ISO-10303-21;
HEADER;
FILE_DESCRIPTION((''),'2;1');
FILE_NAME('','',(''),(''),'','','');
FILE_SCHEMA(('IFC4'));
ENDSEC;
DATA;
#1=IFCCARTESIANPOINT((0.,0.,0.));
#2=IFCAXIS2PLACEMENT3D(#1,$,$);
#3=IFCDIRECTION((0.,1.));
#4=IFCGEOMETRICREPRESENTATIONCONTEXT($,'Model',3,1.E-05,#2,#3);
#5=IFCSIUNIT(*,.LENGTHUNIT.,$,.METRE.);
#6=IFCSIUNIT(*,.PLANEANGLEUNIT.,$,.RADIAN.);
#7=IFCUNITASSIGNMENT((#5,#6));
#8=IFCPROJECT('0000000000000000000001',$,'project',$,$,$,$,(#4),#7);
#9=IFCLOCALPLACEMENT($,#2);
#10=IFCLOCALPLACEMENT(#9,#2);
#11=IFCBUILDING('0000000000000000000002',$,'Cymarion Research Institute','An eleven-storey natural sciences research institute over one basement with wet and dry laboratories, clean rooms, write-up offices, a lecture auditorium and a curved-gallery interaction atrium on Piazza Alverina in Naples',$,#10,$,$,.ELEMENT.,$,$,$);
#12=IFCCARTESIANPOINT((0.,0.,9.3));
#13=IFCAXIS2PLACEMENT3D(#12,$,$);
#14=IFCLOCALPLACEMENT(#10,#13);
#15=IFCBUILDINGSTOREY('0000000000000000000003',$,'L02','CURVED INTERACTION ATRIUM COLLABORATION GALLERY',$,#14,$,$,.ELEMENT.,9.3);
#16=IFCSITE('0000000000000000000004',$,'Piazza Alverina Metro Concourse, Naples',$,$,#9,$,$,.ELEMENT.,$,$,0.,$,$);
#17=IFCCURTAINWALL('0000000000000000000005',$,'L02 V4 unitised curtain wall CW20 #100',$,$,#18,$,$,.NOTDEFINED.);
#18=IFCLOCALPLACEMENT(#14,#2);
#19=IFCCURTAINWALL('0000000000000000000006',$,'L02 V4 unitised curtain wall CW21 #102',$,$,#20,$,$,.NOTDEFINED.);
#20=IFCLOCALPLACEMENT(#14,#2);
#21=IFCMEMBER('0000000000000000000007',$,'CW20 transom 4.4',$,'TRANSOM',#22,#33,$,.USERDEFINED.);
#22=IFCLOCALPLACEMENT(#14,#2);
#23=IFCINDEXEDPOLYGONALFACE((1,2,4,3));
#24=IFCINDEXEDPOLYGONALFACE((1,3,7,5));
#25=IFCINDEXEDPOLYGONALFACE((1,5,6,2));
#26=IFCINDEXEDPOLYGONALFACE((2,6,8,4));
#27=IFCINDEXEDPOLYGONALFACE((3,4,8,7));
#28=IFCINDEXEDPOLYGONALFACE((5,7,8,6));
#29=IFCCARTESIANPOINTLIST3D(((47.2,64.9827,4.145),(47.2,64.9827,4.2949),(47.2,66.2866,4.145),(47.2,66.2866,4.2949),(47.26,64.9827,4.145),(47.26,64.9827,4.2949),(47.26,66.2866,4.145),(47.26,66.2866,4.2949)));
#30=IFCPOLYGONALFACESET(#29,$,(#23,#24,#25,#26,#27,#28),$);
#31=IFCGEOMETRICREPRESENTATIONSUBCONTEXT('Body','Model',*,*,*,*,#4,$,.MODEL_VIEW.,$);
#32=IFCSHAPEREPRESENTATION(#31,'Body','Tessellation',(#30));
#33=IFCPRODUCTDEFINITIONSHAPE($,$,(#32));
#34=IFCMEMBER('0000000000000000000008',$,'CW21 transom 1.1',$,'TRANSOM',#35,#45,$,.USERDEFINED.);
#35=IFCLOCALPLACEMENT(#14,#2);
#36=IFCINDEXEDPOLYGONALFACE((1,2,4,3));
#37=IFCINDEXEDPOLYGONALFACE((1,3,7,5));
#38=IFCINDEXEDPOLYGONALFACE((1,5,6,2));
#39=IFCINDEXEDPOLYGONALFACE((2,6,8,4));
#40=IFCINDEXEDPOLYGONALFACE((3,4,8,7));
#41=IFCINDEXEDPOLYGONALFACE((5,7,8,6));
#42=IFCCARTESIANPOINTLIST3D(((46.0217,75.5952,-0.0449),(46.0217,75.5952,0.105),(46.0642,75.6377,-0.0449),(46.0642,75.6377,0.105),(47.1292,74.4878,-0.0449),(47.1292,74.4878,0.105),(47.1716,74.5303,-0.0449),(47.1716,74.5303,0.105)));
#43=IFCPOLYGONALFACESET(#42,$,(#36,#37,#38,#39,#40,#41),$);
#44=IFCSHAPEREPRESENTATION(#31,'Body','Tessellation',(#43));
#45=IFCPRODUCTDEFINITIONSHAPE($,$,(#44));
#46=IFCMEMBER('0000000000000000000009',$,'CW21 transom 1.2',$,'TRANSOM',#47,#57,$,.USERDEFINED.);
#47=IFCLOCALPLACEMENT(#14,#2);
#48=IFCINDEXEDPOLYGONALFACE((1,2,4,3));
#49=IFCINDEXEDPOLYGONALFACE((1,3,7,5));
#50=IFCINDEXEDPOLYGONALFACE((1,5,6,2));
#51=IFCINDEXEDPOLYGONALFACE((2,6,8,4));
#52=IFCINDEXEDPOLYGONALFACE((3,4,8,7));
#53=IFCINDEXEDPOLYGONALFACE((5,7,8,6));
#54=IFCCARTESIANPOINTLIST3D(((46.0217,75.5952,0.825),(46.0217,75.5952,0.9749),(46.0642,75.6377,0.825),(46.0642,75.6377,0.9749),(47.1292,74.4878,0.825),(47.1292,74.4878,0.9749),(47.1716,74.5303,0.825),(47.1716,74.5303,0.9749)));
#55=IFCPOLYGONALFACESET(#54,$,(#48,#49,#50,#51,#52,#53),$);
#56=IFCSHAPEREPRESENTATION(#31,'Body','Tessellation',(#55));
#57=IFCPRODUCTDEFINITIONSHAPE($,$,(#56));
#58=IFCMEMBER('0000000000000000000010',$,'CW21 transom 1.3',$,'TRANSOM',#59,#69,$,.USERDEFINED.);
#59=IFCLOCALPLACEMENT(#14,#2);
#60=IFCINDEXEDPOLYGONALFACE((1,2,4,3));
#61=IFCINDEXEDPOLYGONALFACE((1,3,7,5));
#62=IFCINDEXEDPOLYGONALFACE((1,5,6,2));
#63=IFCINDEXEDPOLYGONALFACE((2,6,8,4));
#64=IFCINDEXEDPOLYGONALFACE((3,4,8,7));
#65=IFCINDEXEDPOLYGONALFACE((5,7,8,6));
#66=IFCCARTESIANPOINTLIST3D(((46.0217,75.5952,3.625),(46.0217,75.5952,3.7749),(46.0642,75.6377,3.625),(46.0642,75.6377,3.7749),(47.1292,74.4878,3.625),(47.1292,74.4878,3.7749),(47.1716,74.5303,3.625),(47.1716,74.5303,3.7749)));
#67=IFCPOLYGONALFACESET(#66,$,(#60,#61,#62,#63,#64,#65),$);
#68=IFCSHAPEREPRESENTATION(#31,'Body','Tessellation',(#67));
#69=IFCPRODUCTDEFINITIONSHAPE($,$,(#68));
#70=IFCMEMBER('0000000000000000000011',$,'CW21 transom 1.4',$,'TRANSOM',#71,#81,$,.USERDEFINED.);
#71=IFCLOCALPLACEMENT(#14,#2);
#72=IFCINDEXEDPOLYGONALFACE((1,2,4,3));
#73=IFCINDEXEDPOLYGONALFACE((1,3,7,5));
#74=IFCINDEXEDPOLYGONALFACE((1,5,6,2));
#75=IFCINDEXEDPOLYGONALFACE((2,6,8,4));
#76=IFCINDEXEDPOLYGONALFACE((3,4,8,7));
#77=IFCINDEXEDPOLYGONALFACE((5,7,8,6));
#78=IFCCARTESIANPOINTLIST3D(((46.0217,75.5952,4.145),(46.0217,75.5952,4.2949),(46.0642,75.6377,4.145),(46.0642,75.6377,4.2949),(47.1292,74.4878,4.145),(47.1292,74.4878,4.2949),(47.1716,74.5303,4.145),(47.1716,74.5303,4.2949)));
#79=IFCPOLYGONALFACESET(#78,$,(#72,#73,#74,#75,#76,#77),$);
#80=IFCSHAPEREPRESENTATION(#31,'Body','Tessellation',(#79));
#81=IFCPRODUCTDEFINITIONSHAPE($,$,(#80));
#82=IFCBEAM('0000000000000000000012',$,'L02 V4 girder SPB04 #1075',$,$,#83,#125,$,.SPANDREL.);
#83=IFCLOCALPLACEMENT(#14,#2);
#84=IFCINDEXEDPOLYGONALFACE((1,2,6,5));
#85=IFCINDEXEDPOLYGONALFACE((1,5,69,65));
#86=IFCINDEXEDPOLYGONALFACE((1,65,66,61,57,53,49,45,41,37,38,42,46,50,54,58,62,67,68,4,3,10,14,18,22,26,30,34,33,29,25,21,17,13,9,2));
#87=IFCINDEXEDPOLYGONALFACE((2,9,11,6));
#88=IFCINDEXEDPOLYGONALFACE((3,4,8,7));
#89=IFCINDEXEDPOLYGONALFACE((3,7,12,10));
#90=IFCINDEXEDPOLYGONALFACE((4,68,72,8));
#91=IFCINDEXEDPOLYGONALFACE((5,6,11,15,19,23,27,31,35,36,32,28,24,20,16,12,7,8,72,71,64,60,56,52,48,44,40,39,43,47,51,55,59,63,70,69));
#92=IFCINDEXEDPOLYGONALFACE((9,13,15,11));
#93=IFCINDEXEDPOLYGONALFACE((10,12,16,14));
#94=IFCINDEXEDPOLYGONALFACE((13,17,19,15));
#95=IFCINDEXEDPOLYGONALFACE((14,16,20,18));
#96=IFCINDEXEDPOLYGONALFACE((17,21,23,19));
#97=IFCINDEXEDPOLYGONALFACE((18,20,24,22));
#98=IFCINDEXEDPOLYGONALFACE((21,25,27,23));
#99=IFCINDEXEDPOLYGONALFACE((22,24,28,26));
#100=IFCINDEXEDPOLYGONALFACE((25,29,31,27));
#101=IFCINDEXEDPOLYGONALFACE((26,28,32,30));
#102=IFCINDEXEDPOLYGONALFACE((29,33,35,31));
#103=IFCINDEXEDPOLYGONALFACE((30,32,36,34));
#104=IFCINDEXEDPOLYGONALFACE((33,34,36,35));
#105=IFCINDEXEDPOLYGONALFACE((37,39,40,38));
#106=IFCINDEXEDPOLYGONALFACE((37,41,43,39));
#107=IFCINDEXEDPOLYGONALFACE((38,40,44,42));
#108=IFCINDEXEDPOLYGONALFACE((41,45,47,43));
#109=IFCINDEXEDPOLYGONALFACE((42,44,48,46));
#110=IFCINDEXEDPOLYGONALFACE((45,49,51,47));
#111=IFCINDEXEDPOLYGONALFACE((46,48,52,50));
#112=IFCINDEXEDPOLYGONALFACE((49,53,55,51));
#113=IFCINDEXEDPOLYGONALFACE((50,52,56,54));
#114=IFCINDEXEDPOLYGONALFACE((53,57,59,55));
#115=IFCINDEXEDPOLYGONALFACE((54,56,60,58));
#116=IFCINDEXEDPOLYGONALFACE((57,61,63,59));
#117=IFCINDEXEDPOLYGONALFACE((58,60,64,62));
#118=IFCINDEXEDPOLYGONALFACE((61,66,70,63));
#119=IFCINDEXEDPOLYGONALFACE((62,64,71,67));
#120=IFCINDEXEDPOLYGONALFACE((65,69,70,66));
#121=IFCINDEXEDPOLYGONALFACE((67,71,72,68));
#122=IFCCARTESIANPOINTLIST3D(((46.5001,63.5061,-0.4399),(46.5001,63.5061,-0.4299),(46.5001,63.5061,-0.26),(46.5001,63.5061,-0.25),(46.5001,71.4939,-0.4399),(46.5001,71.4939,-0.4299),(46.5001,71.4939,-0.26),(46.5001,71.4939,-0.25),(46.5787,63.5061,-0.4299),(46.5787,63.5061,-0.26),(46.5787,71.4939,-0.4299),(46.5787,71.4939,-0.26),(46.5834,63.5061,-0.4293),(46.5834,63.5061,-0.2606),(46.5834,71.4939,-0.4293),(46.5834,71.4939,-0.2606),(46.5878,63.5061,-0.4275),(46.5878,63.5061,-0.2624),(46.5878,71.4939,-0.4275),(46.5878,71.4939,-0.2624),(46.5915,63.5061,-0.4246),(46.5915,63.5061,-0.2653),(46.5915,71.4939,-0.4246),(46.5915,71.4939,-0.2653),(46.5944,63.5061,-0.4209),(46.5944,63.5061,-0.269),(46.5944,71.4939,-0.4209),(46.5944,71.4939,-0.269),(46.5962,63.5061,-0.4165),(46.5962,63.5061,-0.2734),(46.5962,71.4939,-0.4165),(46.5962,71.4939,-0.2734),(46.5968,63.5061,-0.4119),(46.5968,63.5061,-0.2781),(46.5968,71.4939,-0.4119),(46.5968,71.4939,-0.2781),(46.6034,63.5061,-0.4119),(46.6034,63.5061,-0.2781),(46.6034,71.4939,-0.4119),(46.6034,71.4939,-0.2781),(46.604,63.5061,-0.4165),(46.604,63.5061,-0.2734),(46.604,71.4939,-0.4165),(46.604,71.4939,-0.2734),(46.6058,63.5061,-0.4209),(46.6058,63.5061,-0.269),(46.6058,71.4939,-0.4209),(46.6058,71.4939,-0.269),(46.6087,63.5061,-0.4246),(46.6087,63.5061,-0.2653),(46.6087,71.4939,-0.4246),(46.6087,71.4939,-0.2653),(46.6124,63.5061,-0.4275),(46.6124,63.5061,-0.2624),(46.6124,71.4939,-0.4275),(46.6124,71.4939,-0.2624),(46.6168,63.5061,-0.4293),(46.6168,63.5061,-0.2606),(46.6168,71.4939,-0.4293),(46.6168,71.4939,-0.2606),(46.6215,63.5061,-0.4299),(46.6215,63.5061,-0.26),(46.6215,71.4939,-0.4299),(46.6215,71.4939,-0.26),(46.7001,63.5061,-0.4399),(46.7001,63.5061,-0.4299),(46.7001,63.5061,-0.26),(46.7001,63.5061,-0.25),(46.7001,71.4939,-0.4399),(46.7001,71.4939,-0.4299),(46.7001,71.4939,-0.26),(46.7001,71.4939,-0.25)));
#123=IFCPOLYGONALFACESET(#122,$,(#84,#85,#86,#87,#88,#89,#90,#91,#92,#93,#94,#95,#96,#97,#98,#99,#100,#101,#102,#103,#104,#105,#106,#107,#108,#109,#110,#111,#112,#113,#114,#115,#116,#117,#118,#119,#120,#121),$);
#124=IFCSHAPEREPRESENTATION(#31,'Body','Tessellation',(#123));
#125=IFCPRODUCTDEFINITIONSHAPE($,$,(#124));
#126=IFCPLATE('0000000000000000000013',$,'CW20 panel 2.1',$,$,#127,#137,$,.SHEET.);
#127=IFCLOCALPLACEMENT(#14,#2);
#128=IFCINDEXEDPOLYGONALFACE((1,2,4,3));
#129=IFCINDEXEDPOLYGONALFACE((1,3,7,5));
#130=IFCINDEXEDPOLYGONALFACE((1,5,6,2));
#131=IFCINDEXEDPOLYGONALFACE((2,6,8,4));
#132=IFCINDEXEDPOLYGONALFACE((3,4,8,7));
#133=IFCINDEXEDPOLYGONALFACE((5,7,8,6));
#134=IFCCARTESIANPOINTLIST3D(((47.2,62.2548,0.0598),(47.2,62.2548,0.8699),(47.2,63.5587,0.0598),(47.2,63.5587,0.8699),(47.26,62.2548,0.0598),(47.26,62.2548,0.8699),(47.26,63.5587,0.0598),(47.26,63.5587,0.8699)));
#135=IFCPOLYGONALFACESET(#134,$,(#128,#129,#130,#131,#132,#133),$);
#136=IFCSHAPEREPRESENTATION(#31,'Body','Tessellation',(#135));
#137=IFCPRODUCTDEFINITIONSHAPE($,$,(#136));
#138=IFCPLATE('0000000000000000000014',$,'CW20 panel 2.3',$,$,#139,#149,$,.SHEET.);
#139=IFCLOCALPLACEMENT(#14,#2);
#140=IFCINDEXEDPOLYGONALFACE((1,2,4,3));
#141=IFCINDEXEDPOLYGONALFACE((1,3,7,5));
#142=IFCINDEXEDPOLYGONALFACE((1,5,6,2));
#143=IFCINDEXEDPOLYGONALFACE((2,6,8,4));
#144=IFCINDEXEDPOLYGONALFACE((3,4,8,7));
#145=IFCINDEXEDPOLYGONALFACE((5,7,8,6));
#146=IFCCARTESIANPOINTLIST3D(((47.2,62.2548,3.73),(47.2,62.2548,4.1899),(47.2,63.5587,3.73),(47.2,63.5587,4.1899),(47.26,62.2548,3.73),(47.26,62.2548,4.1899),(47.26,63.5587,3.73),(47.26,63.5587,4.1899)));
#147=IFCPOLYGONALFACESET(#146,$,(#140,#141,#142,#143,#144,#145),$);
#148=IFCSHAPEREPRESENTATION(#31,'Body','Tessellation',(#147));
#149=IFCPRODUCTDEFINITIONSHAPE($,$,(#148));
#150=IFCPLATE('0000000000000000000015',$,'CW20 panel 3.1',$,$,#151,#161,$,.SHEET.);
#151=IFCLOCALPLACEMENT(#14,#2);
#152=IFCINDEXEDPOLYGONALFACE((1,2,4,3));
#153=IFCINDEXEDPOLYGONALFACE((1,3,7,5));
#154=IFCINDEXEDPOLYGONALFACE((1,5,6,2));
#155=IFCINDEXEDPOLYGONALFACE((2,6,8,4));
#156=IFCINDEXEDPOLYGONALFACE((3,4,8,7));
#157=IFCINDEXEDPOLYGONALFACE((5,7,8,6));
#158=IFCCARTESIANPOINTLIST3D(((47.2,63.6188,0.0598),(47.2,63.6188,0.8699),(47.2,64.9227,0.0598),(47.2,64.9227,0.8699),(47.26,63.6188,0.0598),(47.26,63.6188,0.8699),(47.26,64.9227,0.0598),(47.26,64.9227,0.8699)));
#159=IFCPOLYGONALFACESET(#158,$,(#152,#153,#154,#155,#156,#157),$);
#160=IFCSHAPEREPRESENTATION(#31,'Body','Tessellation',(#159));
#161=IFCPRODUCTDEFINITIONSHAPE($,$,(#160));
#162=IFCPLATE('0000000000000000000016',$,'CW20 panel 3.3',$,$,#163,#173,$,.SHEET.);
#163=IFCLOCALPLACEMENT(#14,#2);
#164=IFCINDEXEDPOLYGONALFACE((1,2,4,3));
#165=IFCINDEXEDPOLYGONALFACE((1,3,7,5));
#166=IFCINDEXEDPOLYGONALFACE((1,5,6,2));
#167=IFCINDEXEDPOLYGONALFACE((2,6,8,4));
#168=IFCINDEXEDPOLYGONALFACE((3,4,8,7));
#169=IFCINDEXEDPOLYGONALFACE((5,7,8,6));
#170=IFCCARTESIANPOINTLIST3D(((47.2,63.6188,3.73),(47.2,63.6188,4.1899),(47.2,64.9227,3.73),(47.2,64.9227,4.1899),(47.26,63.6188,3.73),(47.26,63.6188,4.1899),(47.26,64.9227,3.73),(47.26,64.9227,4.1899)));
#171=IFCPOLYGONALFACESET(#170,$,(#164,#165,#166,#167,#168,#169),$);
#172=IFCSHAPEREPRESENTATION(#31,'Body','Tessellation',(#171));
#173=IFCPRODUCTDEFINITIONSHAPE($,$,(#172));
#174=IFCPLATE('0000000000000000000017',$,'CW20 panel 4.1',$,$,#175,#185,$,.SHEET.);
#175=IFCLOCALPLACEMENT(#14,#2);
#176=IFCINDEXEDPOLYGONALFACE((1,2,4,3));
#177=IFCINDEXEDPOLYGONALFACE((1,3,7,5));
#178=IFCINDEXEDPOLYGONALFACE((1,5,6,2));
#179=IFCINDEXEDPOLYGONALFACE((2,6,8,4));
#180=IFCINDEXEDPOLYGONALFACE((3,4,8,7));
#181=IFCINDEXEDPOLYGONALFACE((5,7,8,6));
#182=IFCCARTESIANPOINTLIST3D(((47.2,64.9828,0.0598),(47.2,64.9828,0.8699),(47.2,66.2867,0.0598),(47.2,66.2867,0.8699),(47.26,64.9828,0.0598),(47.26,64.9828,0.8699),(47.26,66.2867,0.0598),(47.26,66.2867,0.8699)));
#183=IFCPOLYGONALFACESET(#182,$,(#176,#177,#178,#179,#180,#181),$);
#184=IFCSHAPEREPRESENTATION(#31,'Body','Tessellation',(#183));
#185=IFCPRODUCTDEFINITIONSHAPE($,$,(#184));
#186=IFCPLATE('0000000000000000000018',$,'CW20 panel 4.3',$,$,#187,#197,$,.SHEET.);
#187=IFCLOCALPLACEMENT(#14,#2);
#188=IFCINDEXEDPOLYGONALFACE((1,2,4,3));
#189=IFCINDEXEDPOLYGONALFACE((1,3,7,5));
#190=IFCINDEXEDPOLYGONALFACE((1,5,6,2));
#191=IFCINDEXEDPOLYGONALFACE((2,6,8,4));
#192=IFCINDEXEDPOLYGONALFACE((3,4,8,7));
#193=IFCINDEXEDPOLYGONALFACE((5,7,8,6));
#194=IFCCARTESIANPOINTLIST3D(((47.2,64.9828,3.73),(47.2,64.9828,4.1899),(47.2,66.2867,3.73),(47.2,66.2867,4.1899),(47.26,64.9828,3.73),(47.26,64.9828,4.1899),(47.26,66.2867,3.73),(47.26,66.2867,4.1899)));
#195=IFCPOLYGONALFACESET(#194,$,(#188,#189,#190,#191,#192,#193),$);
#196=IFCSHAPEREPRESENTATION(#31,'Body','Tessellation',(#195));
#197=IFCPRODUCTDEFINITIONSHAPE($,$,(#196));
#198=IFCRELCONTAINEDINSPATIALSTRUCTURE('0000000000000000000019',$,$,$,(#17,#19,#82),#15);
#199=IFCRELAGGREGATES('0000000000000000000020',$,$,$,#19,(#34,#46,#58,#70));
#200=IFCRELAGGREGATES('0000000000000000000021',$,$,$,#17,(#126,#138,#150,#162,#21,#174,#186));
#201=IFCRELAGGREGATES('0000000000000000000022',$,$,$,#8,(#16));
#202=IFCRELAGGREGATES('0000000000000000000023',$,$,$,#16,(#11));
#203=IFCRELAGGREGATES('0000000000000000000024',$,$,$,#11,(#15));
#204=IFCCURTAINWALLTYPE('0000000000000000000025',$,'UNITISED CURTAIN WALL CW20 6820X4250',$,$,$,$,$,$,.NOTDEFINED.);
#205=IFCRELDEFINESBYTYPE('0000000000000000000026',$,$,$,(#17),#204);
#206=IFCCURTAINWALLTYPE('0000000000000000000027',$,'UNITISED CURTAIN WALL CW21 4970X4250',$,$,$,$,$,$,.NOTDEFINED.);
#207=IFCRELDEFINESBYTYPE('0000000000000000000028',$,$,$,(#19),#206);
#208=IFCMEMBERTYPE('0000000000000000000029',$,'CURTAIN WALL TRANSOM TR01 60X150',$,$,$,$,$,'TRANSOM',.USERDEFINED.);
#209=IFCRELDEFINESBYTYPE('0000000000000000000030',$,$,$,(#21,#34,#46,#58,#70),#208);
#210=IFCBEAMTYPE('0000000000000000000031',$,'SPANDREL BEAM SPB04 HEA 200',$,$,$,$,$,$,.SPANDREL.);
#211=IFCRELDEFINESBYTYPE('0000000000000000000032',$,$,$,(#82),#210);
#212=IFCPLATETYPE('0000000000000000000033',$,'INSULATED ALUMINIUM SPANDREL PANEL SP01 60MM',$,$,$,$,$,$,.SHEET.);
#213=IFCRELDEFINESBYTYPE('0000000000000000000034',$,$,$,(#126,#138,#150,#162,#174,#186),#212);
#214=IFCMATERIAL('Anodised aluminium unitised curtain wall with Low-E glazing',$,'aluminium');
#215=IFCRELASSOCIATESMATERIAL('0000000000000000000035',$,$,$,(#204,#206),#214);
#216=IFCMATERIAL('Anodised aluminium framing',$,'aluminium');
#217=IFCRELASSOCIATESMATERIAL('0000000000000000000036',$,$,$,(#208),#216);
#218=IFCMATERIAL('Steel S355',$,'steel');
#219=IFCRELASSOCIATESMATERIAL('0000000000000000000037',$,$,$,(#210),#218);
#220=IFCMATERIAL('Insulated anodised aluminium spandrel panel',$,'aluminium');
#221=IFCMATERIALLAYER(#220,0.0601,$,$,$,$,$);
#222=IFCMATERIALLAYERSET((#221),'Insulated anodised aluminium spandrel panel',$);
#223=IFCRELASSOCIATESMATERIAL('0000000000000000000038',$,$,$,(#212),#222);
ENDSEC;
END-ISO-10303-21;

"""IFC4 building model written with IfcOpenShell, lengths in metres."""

from ifc_helpers import new_model, si_unit, direction, frame, origin, origin_2d, place, context, subcontext, project, spatial, rectangle, i_section, extrude, material, layer, layer_set, material_profile, profile_set, type_object, element, aggregate, save


model = new_model("IFC4")

# Units and contexts
model_context = context("Model", 3, precision=1e-05, world=origin(), true_north=direction((0.0, 1.0)))
body_context = subcontext(model_context, "Body", "Model", "MODEL_VIEW")
ifc_project = project(units=[si_unit("LENGTHUNIT", "METRE"), si_unit("PLANEANGLEUNIT", "RADIAN")], contexts=[model_context])

# Site, building, storey
site_placement = place(None, origin())
site = spatial("IfcSite", under=ifc_project, at=site_placement, Name="Piazza Alverina Metro Concourse, Naples", CompositionType="ELEMENT", RefElevation=0.0)
building_placement = place(site_placement, origin())
building = spatial("IfcBuilding", under=site, at=building_placement, Name="Cymarion Research Institute", Description="An eleven-storey natural sciences research institute over one basement with wet and dry laboratories, clean rooms, write-up offices, a lecture auditorium and a curved-gallery interaction atrium on Piazza Alverina in Naples", CompositionType="ELEMENT")
storey_placement = place(building_placement, frame((0.0, 0.0, 9.3)))
storey = spatial("IfcBuildingStorey", under=building, at=storey_placement, Name="L02", Description="CURVED INTERACTION ATRIUM COLLABORATION GALLERY", CompositionType="ELEMENT", Elevation=9.3)

# Shared definitions
ifc_material_1 = material(Name="Steel S355", Category="steel")

# Curtain wall
ifc_material_2 = material(Name="Anodised aluminium unitised curtain wall with Low-E glazing", Category="aluminium")
curtain_wall_type_1 = type_object("IfcCurtainWallType", Name="UNITISED CURTAIN WALL CW20 6820X4250", PredefinedType="NOTDEFINED", material=ifc_material_2)
curtain_wall_1_placement = place(storey_placement, origin())
curtain_wall_1 = element("IfcCurtainWall", 1, at=curtain_wall_1_placement, inside=storey, type_object=curtain_wall_type_1, Name="L02 V4 unitised curtain wall CW20 #100", PredefinedType="NOTDEFINED")
ifc_material_3 = material(Name="Anodised aluminium framing", Category="aluminium")

# Curtain wall
curtain_wall_type_2 = type_object("IfcCurtainWallType", Name="UNITISED CURTAIN WALL CW21 4970X4250", PredefinedType="NOTDEFINED", material=ifc_material_2)
curtain_wall_2_placement = place(storey_placement, origin())
curtain_wall_2 = element("IfcCurtainWall", 2, at=curtain_wall_2_placement, inside=storey, type_object=curtain_wall_type_2, Name="L02 V4 unitised curtain wall CW21 #102", PredefinedType="NOTDEFINED")

# Members
ifc_material_profile_1 = material_profile(ifc_material_3, rectangle(XDim=0.0601, YDim=0.1499, at=origin_2d()), Name="ALU TRANSOM 60x150")
ifc_profile_set_1 = profile_set([ifc_material_profile_1], Name="Anodised aluminium framing")
member_type_1 = type_object("IfcMemberType", Name="CURTAIN WALL TRANSOM TR01 60X150", ElementType="TRANSOM", PredefinedType="USERDEFINED", material=ifc_profile_set_1)
member_1_placement = place(storey_placement, frame((47.23, 64.9827, 4.22), z_axis=(0.0, 1.0, 0.0), x_axis=(-1.0, 0.0, 0.0)))
member_1 = element("IfcMember", 3, at=member_1_placement, type_object=member_type_1, Name="CW20 transom 4.4", ObjectType="TRANSOM", PredefinedType="USERDEFINED", context=body_context, shape_type="SweptSolid", body=[
    extrude(rectangle(XDim=0.0601, YDim=0.1499, at=origin_2d()), origin(), (0.0, 0.0, 1.0), 1.304),
])
member_2_placement = place(storey_placement, frame((47.1504, 74.509, 0.03), z_axis=(-0.707107, 0.707107, 0.0), x_axis=(-0.707107, -0.707107, 0.0)))
member_2 = element("IfcMember", 4, at=member_2_placement, type_object=member_type_1, Name="CW21 transom 1.1", ObjectType="TRANSOM", PredefinedType="USERDEFINED", context=body_context, shape_type="SweptSolid", body=[
    extrude(rectangle(XDim=0.0601, YDim=0.1499, at=origin_2d()), origin(), (0.0, 0.0, 1.0), 1.5662),
])
member_3_placement = place(storey_placement, frame((47.1504, 74.509, 0.8999), z_axis=(-0.707107, 0.707107, 0.0), x_axis=(-0.707107, -0.707107, 0.0)))
member_3 = element("IfcMember", 5, at=member_3_placement, type_object=member_type_1, Name="CW21 transom 1.2", ObjectType="TRANSOM", PredefinedType="USERDEFINED", context=body_context, shape_type="SweptSolid", body=[
    extrude(rectangle(XDim=0.0601, YDim=0.1499, at=origin_2d()), origin(), (0.0, 0.0, 1.0), 1.5662),
])
member_4_placement = place(storey_placement, frame((47.1504, 74.509, 3.7), z_axis=(-0.707107, 0.707107, 0.0), x_axis=(-0.707107, -0.707107, 0.0)))
member_4 = element("IfcMember", 6, at=member_4_placement, type_object=member_type_1, Name="CW21 transom 1.3", ObjectType="TRANSOM", PredefinedType="USERDEFINED", context=body_context, shape_type="SweptSolid", body=[
    extrude(rectangle(XDim=0.0601, YDim=0.1499, at=origin_2d()), origin(), (0.0, 0.0, 1.0), 1.5662),
])
member_5_placement = place(storey_placement, frame((47.1504, 74.509, 4.22), z_axis=(-0.707107, 0.707107, 0.0), x_axis=(-0.707107, -0.707107, 0.0)))
member_5 = element("IfcMember", 7, at=member_5_placement, type_object=member_type_1, Name="CW21 transom 1.4", ObjectType="TRANSOM", PredefinedType="USERDEFINED", context=body_context, shape_type="SweptSolid", body=[
    extrude(rectangle(XDim=0.0601, YDim=0.1499, at=origin_2d()), origin(), (0.0, 0.0, 1.0), 1.5662),
])
aggregate(curtain_wall_2, [member_2, member_3, member_4, member_5])

# Beam
ifc_material_profile_2 = material_profile(ifc_material_1, i_section(OverallWidth=0.2, OverallDepth=0.1899, WebThickness=0.0066, FlangeThickness=0.01, FilletRadius=0.0181, at=origin_2d()), Name="HEA 200")
ifc_profile_set_2 = profile_set([ifc_material_profile_2], Name="Steel S355")
beam_type = type_object("IfcBeamType", Name="SPANDREL BEAM SPB04 HEA 200", PredefinedType="SPANDREL", material=ifc_profile_set_2)
beam_placement = place(storey_placement, frame((46.6001, 63.5061, -0.345), z_axis=(0.0, 1.0, 0.0), x_axis=(-1.0, 0.0, 0.0)))
element("IfcBeam", 8, at=beam_placement, inside=storey, type_object=beam_type, Name="L02 V4 girder SPB04 #1075", PredefinedType="SPANDREL", context=body_context, shape_type="SweptSolid", body=[
    extrude(i_section(OverallWidth=0.2, OverallDepth=0.1899, WebThickness=0.0066, FlangeThickness=0.01, FilletRadius=0.0181, at=origin_2d()), origin(), (0.0, 0.0, 1.0), 7.9878),
])

# Plates
ifc_material_4 = material(Name="Insulated anodised aluminium spandrel panel", Category="aluminium")
ifc_layer_1 = layer(ifc_material_4, 0.0601)
ifc_layer_set_1 = layer_set([ifc_layer_1], Name="Insulated anodised aluminium spandrel panel")
plate_type_1 = type_object("IfcPlateType", Name="INSULATED ALUMINIUM SPANDREL PANEL SP01 60MM", PredefinedType="SHEET", material=ifc_layer_set_1)
plate_1_placement = place(storey_placement, frame((47.23, 62.9067, 0.0598), z_axis=(0.0, 0.0, 1.0), x_axis=(0.0, 1.0, 0.0)))
plate_1 = element("IfcPlate", 9, at=plate_1_placement, type_object=plate_type_1, Name="CW20 panel 2.1", PredefinedType="SHEET", context=body_context, shape_type="SweptSolid", body=[
    extrude(rectangle(XDim=1.304, YDim=0.0601, at=origin_2d()), origin(), (0.0, 0.0, 1.0), 0.8101),
])
plate_2_placement = place(storey_placement, frame((47.23, 62.9067, 3.73), z_axis=(0.0, 0.0, 1.0), x_axis=(0.0, 1.0, 0.0)))
plate_2 = element("IfcPlate", 10, at=plate_2_placement, type_object=plate_type_1, Name="CW20 panel 2.3", PredefinedType="SHEET", context=body_context, shape_type="SweptSolid", body=[
    extrude(rectangle(XDim=1.304, YDim=0.0601, at=origin_2d()), origin(), (0.0, 0.0, 1.0), 0.46),
])
plate_3_placement = place(storey_placement, frame((47.23, 64.2708, 0.0598), z_axis=(0.0, 0.0, 1.0), x_axis=(0.0, 1.0, 0.0)))
plate_3 = element("IfcPlate", 11, at=plate_3_placement, type_object=plate_type_1, Name="CW20 panel 3.1", PredefinedType="SHEET", context=body_context, shape_type="SweptSolid", body=[
    extrude(rectangle(XDim=1.304, YDim=0.0601, at=origin_2d()), origin(), (0.0, 0.0, 1.0), 0.8101),
])
plate_4_placement = place(storey_placement, frame((47.23, 64.2708, 3.73), z_axis=(0.0, 0.0, 1.0), x_axis=(0.0, 1.0, 0.0)))
plate_4 = element("IfcPlate", 12, at=plate_4_placement, type_object=plate_type_1, Name="CW20 panel 3.3", PredefinedType="SHEET", context=body_context, shape_type="SweptSolid", body=[
    extrude(rectangle(XDim=1.304, YDim=0.0601, at=origin_2d()), origin(), (0.0, 0.0, 1.0), 0.46),
])
plate_5_placement = place(storey_placement, frame((47.23, 65.6348, 0.0598), z_axis=(0.0, 0.0, 1.0), x_axis=(0.0, 1.0, 0.0)))
plate_5 = element("IfcPlate", 13, at=plate_5_placement, type_object=plate_type_1, Name="CW20 panel 4.1", PredefinedType="SHEET", context=body_context, shape_type="SweptSolid", body=[
    extrude(rectangle(XDim=1.304, YDim=0.0601, at=origin_2d()), origin(), (0.0, 0.0, 1.0), 0.8101),
])
plate_6_placement = place(storey_placement, frame((47.23, 65.6348, 3.73), z_axis=(0.0, 0.0, 1.0), x_axis=(0.0, 1.0, 0.0)))
plate_6 = element("IfcPlate", 14, at=plate_6_placement, type_object=plate_type_1, Name="CW20 panel 4.3", PredefinedType="SHEET", context=body_context, shape_type="SweptSolid", body=[
    extrude(rectangle(XDim=1.304, YDim=0.0601, at=origin_2d()), origin(), (0.0, 0.0, 1.0), 0.46),
])
aggregate(curtain_wall_1, [plate_1, plate_2, plate_3, plate_4, member_1, plate_5, plate_6])

save(model, "model.ifc")
